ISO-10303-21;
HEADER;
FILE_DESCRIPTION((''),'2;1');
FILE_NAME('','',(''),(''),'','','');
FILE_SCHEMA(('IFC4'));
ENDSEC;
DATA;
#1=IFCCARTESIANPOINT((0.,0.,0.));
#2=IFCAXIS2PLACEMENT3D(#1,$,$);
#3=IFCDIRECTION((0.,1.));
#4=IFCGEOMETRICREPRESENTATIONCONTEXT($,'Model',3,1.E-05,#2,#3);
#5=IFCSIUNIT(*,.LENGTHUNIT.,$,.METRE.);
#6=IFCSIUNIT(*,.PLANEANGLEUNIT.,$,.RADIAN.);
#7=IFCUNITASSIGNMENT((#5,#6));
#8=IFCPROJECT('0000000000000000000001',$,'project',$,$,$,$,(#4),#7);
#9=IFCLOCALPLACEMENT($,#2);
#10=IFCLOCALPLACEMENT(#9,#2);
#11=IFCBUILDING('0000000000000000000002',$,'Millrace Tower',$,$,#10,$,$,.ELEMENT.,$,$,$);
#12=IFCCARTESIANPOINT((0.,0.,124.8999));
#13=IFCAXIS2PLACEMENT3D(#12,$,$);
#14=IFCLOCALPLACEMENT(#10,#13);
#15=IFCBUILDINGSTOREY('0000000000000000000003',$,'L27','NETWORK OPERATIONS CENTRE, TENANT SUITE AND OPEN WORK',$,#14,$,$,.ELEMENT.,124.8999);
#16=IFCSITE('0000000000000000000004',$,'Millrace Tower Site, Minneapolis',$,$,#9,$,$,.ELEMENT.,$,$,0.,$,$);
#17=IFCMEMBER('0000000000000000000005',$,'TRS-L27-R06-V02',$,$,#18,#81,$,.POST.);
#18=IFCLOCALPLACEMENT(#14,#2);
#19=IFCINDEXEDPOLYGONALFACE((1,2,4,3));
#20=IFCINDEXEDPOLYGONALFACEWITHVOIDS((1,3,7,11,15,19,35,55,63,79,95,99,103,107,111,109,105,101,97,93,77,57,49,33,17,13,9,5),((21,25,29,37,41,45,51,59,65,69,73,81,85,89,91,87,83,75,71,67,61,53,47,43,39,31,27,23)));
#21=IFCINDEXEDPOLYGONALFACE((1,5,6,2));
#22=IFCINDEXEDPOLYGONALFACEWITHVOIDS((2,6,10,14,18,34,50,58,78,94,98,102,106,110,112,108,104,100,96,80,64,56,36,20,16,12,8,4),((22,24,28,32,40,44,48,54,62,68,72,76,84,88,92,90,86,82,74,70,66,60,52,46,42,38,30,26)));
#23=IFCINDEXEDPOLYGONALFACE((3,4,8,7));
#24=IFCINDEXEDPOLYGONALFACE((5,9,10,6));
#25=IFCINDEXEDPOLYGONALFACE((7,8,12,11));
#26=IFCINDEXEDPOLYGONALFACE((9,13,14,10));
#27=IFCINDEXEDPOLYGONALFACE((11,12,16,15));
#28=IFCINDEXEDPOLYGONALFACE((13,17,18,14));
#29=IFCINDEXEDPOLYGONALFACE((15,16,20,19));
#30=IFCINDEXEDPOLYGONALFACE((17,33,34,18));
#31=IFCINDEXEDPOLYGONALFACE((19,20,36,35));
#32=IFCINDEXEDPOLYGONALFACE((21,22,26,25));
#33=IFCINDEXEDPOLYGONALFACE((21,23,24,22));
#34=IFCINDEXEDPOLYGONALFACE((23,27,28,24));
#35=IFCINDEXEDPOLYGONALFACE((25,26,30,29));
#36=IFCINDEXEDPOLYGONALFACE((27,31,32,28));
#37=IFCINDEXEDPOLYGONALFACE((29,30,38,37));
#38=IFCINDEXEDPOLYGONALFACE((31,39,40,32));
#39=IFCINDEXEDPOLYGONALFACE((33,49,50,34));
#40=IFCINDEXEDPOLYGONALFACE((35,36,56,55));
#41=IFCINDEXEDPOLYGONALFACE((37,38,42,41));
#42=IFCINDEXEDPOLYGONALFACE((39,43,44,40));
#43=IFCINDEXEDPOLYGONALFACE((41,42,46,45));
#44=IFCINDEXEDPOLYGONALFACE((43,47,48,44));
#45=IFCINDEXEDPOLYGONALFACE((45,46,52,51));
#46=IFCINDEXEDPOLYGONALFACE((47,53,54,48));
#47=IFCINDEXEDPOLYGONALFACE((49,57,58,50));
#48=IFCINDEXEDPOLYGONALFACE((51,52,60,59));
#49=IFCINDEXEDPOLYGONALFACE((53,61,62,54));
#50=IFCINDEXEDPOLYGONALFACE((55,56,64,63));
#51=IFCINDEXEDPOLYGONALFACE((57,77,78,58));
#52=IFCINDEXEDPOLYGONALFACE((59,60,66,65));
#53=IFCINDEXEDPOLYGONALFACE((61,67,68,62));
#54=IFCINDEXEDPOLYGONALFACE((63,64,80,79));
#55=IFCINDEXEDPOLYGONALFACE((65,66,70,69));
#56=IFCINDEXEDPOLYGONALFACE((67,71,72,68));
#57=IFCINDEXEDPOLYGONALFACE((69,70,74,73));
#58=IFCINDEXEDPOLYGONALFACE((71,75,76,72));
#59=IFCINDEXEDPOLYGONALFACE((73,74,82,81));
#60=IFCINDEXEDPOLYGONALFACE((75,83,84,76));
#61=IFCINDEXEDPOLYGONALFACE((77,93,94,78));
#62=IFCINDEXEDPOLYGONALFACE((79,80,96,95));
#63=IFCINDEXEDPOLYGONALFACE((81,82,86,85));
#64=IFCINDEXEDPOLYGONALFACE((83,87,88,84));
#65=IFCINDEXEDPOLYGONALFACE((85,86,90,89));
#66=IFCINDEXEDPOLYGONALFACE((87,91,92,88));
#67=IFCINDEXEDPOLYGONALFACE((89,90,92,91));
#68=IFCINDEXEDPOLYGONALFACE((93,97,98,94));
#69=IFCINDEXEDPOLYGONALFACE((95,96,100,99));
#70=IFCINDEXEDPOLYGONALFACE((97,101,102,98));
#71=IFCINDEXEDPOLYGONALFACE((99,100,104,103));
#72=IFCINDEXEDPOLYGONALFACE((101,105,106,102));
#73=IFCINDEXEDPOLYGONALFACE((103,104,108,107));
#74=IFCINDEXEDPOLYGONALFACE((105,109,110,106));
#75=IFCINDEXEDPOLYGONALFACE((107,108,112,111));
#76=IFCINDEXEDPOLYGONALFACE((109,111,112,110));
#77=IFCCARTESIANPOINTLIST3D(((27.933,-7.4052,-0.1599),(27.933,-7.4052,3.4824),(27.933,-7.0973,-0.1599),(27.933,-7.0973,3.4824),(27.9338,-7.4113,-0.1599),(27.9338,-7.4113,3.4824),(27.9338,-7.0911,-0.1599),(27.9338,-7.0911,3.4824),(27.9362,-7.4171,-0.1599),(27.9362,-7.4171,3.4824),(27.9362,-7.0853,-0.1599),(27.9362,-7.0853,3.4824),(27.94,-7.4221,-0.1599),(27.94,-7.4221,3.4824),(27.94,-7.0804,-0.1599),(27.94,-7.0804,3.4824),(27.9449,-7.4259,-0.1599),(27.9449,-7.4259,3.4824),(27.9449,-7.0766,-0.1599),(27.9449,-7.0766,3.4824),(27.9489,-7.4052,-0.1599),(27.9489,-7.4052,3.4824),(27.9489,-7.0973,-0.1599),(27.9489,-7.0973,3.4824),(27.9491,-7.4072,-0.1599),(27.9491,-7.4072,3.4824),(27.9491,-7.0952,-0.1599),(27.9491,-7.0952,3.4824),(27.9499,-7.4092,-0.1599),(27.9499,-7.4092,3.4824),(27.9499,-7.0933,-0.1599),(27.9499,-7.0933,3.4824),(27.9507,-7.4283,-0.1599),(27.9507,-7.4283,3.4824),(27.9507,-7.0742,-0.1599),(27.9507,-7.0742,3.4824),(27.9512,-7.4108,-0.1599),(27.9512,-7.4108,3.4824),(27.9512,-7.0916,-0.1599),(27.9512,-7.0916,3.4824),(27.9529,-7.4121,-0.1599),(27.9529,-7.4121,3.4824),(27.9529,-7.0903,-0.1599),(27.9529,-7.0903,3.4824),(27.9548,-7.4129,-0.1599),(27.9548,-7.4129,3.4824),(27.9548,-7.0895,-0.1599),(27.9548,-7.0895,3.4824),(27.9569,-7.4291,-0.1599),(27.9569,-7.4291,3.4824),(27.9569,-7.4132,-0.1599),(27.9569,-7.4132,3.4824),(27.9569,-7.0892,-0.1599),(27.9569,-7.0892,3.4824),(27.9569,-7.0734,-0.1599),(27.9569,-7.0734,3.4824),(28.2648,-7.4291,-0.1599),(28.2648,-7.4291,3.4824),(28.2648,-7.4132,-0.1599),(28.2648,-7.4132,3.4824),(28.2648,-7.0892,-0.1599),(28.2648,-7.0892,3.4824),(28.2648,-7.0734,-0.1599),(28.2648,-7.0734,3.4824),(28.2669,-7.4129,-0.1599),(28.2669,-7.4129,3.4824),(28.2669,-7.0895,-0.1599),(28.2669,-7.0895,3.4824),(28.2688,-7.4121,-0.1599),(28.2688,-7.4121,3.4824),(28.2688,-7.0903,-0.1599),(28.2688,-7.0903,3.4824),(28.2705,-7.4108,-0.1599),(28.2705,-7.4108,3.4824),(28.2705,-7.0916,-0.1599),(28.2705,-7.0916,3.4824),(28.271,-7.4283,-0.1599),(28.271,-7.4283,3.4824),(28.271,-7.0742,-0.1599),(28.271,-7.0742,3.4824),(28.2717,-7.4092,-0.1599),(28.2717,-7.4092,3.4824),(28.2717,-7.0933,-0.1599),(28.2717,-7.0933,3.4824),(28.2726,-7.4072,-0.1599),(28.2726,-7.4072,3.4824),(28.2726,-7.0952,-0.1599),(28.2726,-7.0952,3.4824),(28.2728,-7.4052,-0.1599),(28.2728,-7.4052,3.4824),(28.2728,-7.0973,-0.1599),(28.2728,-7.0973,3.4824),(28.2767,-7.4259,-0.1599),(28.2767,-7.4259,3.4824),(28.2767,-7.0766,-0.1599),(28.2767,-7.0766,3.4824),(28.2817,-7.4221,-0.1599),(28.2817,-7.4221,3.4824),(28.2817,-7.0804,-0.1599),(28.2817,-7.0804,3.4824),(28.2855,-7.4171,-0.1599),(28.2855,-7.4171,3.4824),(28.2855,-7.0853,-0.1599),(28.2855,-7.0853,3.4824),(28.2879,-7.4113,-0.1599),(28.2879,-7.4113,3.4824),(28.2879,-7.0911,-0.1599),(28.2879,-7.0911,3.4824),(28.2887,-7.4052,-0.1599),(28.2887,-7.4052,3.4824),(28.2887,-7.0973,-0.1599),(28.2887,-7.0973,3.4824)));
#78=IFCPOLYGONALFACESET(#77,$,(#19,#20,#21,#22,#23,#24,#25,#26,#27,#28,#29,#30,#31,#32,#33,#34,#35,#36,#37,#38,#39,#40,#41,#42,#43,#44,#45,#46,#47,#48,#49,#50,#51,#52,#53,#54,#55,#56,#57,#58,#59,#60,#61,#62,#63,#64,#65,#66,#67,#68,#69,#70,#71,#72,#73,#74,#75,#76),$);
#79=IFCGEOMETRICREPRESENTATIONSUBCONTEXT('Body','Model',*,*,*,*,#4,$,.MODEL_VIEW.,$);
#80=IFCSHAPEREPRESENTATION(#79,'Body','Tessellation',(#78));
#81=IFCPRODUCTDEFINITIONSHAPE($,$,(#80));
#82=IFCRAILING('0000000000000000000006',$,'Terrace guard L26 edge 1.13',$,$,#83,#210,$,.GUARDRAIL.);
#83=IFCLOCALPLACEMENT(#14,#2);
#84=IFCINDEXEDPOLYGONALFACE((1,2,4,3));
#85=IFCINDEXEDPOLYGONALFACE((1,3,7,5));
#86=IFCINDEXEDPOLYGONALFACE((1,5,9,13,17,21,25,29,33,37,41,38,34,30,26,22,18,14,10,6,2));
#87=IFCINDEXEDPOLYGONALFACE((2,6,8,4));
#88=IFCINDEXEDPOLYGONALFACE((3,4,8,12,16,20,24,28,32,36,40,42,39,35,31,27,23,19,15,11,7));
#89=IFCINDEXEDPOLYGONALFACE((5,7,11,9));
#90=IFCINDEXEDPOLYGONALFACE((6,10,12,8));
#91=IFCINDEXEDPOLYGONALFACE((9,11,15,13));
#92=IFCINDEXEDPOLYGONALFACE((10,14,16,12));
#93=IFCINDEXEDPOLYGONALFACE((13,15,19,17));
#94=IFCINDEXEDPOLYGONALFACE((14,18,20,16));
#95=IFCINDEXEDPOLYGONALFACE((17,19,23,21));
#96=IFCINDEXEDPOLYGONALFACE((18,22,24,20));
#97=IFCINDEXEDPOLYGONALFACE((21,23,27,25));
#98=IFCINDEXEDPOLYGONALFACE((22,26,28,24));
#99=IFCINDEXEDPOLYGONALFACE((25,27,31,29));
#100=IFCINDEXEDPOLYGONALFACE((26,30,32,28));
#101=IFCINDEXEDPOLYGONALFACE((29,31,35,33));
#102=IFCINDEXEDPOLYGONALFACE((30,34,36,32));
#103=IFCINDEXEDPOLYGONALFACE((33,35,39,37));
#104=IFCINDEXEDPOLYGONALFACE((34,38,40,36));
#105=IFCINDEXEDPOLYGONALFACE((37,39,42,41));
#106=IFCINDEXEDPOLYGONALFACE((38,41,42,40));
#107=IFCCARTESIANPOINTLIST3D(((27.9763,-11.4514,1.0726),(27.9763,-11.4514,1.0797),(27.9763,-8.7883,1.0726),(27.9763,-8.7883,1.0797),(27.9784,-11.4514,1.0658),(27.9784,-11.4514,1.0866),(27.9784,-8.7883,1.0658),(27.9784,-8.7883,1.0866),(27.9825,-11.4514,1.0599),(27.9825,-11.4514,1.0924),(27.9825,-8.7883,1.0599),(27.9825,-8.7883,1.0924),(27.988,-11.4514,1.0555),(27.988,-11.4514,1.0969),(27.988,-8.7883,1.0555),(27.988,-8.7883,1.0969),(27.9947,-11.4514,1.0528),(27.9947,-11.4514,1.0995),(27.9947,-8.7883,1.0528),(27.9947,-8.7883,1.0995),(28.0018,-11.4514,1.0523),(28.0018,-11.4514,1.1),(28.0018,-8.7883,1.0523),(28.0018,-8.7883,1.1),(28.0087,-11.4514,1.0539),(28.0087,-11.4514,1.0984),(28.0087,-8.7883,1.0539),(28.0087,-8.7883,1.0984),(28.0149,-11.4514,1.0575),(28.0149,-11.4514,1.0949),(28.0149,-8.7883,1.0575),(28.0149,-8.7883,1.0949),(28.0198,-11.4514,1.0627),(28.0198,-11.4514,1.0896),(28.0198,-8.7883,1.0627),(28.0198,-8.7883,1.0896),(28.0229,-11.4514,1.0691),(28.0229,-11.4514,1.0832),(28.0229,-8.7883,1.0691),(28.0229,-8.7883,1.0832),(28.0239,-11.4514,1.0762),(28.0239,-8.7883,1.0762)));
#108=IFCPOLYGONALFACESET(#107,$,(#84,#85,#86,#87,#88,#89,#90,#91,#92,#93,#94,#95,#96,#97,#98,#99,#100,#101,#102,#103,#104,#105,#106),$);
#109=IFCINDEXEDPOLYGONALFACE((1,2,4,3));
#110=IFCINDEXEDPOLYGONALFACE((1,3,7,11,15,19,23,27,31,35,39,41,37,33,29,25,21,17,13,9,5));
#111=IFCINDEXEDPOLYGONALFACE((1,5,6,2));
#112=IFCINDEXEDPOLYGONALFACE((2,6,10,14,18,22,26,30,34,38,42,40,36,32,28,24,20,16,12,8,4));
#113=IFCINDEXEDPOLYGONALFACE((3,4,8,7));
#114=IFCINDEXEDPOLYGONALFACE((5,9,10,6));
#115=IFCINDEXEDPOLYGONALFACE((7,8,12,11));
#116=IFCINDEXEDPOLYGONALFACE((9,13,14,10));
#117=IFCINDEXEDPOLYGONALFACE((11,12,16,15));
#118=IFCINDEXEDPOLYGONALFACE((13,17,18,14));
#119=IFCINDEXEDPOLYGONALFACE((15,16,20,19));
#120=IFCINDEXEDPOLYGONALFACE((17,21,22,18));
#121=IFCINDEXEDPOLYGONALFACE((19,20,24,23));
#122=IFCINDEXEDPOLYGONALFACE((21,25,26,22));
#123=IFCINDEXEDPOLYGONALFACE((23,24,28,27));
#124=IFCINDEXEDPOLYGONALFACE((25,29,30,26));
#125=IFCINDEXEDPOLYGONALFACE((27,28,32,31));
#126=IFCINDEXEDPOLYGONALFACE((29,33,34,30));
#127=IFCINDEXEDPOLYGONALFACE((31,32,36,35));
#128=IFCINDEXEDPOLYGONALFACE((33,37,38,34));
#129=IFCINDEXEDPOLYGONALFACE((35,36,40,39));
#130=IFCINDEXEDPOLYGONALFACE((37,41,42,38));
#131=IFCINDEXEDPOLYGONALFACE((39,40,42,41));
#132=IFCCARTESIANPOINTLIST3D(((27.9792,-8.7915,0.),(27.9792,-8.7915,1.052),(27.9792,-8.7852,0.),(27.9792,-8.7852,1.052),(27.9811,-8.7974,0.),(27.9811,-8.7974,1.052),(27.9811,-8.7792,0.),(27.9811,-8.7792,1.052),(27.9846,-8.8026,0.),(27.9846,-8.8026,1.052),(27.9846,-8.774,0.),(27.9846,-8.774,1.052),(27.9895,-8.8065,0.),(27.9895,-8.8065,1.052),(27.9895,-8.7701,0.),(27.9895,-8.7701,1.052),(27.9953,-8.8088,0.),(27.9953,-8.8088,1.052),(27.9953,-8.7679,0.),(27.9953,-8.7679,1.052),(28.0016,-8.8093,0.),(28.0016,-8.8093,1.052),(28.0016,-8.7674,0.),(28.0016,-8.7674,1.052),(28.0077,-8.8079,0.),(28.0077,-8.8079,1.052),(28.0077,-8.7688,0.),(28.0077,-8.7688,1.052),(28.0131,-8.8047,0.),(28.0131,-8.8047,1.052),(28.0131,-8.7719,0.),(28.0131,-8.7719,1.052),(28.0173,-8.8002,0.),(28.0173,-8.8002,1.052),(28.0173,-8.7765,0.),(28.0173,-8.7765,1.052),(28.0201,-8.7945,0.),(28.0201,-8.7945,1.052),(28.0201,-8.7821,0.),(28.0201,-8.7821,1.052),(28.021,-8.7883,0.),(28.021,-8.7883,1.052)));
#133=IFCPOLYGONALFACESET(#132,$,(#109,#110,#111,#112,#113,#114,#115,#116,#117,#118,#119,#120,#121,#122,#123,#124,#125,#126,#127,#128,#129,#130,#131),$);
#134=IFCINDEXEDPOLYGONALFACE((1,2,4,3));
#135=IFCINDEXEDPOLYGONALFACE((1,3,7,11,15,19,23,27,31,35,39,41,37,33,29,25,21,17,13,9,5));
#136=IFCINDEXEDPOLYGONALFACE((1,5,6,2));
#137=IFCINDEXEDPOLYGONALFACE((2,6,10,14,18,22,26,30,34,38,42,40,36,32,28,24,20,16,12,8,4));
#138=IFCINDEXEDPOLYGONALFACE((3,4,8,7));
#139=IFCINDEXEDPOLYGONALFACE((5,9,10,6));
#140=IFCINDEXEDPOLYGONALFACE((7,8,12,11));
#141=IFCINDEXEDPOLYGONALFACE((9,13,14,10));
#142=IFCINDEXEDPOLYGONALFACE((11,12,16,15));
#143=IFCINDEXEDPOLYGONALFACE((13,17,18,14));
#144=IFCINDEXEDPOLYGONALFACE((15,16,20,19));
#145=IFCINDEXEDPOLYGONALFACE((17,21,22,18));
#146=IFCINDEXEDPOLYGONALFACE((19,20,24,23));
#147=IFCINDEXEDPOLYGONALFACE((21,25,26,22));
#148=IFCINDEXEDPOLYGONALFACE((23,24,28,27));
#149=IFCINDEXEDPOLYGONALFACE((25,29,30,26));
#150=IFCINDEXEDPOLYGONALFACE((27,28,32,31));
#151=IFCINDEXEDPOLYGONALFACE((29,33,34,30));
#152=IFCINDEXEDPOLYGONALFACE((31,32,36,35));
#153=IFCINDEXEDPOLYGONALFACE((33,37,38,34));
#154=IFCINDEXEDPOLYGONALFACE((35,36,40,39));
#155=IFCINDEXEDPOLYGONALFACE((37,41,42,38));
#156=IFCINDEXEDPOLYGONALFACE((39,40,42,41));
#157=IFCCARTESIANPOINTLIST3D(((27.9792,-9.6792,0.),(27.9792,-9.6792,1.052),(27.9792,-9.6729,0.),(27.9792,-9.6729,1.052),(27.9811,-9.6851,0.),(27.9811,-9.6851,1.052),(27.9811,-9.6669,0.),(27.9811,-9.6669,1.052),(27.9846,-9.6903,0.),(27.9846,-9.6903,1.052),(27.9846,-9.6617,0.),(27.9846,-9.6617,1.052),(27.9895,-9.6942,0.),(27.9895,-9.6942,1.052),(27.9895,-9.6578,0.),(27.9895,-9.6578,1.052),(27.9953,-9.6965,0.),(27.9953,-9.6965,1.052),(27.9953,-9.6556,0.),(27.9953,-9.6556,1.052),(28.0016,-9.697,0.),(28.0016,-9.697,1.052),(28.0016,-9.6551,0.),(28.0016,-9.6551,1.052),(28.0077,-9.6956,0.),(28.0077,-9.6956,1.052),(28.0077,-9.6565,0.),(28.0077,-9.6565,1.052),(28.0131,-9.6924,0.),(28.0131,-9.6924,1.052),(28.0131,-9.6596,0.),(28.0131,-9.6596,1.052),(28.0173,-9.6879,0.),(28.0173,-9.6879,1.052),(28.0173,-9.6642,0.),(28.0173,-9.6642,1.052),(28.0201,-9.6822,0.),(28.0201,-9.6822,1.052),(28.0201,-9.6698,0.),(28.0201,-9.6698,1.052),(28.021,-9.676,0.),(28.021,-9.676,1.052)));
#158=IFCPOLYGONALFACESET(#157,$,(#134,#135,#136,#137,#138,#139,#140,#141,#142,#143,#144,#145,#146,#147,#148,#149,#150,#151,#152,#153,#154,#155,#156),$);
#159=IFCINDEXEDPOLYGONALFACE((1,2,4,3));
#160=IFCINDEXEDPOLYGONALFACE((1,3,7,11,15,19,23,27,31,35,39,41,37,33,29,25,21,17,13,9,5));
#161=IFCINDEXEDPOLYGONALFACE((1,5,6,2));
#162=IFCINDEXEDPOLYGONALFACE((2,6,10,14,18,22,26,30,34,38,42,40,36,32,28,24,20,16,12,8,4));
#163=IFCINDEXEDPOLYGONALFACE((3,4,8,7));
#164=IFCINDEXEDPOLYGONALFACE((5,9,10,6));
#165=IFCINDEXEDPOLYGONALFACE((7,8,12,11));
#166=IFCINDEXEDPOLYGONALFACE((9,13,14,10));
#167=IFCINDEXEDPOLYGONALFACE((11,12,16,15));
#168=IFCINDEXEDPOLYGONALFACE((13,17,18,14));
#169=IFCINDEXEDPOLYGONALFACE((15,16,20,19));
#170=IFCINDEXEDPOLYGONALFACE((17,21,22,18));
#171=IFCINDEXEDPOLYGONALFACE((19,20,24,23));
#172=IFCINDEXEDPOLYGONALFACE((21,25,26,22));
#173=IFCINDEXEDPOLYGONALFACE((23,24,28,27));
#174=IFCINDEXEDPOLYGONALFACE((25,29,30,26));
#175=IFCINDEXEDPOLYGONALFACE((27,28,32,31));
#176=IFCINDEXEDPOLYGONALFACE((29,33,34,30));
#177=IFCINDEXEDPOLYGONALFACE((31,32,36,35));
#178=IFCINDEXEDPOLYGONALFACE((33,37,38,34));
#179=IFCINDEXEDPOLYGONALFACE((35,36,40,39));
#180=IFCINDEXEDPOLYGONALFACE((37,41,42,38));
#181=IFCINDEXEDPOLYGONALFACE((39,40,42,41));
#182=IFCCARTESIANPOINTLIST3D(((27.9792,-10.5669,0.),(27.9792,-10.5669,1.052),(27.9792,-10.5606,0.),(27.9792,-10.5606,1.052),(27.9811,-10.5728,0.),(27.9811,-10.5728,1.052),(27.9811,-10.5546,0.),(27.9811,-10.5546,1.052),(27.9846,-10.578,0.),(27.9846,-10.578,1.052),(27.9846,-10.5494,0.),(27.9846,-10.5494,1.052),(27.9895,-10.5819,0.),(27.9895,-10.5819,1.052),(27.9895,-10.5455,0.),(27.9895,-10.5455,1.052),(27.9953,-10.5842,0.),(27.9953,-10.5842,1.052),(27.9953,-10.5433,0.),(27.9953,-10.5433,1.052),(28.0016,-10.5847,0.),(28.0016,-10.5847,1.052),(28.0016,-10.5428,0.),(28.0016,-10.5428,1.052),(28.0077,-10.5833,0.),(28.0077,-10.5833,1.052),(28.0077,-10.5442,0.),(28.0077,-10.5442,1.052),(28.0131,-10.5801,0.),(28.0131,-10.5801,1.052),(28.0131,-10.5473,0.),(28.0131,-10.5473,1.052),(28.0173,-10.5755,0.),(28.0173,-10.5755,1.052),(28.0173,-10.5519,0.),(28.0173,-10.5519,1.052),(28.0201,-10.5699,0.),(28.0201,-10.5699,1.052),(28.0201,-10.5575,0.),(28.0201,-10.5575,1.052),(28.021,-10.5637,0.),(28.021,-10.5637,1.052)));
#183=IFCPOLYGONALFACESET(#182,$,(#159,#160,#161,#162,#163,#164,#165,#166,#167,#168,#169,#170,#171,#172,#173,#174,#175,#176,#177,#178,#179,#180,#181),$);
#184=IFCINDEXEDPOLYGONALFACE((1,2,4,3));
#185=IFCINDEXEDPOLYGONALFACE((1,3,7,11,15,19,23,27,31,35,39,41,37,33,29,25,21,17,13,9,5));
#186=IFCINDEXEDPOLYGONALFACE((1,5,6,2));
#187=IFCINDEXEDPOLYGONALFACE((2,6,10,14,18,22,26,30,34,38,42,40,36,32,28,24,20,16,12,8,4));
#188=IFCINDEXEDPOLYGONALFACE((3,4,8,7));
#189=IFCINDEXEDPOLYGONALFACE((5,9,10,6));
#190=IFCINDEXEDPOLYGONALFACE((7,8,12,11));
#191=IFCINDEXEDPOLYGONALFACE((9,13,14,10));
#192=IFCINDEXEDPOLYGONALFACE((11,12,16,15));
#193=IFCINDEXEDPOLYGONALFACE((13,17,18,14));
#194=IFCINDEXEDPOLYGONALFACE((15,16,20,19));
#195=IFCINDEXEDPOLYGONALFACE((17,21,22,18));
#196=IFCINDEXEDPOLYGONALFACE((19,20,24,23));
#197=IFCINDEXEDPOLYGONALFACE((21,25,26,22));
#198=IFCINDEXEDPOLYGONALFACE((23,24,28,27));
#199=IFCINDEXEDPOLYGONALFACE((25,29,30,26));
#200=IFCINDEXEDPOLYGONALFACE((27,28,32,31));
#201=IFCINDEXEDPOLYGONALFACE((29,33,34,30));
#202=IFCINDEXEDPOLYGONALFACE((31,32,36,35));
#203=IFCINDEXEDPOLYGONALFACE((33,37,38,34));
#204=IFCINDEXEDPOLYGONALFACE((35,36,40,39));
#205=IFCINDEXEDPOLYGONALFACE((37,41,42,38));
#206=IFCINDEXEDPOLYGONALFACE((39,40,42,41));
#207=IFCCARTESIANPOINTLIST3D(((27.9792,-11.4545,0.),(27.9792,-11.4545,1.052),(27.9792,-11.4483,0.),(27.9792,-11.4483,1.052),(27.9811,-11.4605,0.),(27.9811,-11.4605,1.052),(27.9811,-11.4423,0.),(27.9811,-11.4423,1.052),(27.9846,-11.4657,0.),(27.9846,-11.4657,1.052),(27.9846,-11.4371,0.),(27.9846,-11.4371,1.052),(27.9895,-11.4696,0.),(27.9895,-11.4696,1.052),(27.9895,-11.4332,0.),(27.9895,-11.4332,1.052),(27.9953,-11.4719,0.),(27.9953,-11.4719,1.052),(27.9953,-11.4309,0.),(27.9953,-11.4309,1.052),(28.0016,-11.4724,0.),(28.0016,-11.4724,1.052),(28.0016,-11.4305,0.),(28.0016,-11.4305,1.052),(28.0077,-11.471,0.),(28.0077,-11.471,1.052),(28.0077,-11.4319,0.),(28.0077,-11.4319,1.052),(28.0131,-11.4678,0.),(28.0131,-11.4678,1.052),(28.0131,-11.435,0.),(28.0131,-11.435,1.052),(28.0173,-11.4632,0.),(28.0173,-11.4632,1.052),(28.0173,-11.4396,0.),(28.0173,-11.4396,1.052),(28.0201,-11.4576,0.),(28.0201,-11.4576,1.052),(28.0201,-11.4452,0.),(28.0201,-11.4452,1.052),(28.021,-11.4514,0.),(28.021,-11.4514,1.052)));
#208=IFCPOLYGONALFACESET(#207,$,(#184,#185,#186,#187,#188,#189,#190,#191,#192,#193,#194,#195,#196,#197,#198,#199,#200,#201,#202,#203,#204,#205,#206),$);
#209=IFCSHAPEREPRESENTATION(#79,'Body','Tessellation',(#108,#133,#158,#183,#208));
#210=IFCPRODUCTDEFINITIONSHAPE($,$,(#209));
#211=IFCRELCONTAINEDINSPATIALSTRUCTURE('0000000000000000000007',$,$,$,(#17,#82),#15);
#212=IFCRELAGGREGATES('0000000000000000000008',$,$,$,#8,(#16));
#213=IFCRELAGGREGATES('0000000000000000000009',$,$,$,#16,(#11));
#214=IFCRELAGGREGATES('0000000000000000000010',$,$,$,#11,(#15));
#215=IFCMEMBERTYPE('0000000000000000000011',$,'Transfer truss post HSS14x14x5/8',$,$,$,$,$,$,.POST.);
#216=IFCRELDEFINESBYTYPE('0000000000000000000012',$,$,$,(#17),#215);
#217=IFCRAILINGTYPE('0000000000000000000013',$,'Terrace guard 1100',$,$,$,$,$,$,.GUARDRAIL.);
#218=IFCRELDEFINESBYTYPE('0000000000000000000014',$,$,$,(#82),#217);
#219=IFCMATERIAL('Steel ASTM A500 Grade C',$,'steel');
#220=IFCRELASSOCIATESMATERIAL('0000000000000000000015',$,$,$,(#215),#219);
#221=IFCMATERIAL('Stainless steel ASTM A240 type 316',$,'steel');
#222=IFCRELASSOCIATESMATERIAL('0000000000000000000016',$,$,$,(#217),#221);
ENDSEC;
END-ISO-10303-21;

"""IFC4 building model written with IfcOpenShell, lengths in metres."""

from ifc_helpers import new_model, si_unit, direction, frame, origin, origin_2d, place, context, subcontext, project, spatial, hollow_rectangle, circle, extrude, material, material_profile, profile_set, type_object, element, save


model = new_model("IFC4")

# Units and contexts
model_context = context("Model", 3, precision=1e-05, world=origin(), true_north=direction((0.0, 1.0)))
body_context = subcontext(model_context, "Body", "Model", "MODEL_VIEW")
ifc_project = project(units=[si_unit("LENGTHUNIT", "METRE"), si_unit("PLANEANGLEUNIT", "RADIAN")], contexts=[model_context])

# Site, building, storey
site_placement = place(None, origin())
site = spatial("IfcSite", under=ifc_project, at=site_placement, Name="Millrace Tower Site, Minneapolis", CompositionType="ELEMENT", RefElevation=0.0)
building_placement = place(site_placement, origin())
building = spatial("IfcBuilding", under=site, at=building_placement, Name="Millrace Tower", CompositionType="ELEMENT")
storey_placement = place(building_placement, frame((0.0, 0.0, 124.8999)))
storey = spatial("IfcBuildingStorey", under=building, at=storey_placement, Name="L27", Description="NETWORK OPERATIONS CENTRE, TENANT SUITE AND OPEN WORK", CompositionType="ELEMENT", Elevation=124.8999)

# Member
ifc_material_1 = material(Name="Steel ASTM A500 Grade C", Category="steel")
ifc_material_profile_1 = material_profile(ifc_material_1, hollow_rectangle(XDim=0.3557, YDim=0.3557, WallThickness=0.0159, InnerFilletRadius=0.0081, OuterFilletRadius=0.0239, at=origin_2d()))
ifc_profile_set_1 = profile_set([ifc_material_profile_1], Name="Steel ASTM A500 Grade C")
member_type_1 = type_object("IfcMemberType", Name="Transfer truss post HSS14x14x5/8", PredefinedType="POST", material=ifc_profile_set_1)
member_1_placement = place(storey_placement, frame((28.1108, -7.2512, -0.1599), z_axis=(0.0, 0.0, 1.0), x_axis=(1.0, 0.0, 0.0)))
element("IfcMember", 1, at=member_1_placement, inside=storey, type_object=member_type_1, Name="TRS-L27-R06-V02", PredefinedType="POST", context=body_context, shape_type="SweptSolid", body=[
    extrude(hollow_rectangle(XDim=0.3557, YDim=0.3557, WallThickness=0.0159, InnerFilletRadius=0.0081, OuterFilletRadius=0.0239, at=origin_2d()), origin(), (0.0, 0.0, 1.0), 3.6423),
])

# Railing
ifc_material_2 = material(Name="Stainless steel ASTM A240 type 316", Category="steel")
railing_type = type_object("IfcRailingType", Name="Terrace guard 1100", PredefinedType="GUARDRAIL", material=ifc_material_2)
railing_1_placement = place(storey_placement, frame((28.0, -8.7883, 0.0)))
element("IfcRailing", 2, at=railing_1_placement, inside=storey, type_object=railing_type, Name="Terrace guard L26 edge 1.13", PredefinedType="GUARDRAIL", context=body_context, shape_type="SweptSolid", body=[
    extrude(circle(Radius=0.0239, at=origin_2d()), frame((0.0, 0.0, 1.0762), z_axis=(0.0, -1.0, 0.0), x_axis=(1.0, 0.0, 0.0)), (0.0, 0.0, 1.0), 2.6631),
    extrude(circle(Radius=0.021, at=origin_2d()), origin(), (0.0, 0.0, 1.0), 1.052),
    extrude(circle(Radius=0.021, at=origin_2d()), frame((0.0, -0.8877, 0.0)), (0.0, 0.0, 1.0), 1.052),
    extrude(circle(Radius=0.021, at=origin_2d()), frame((0.0, -1.7754, 0.0)), (0.0, 0.0, 1.0), 1.052),
    extrude(circle(Radius=0.021, at=origin_2d()), frame((0.0, -2.6631, 0.0)), (0.0, 0.0, 1.0), 1.052),
])

save(model, "model.ifc")
